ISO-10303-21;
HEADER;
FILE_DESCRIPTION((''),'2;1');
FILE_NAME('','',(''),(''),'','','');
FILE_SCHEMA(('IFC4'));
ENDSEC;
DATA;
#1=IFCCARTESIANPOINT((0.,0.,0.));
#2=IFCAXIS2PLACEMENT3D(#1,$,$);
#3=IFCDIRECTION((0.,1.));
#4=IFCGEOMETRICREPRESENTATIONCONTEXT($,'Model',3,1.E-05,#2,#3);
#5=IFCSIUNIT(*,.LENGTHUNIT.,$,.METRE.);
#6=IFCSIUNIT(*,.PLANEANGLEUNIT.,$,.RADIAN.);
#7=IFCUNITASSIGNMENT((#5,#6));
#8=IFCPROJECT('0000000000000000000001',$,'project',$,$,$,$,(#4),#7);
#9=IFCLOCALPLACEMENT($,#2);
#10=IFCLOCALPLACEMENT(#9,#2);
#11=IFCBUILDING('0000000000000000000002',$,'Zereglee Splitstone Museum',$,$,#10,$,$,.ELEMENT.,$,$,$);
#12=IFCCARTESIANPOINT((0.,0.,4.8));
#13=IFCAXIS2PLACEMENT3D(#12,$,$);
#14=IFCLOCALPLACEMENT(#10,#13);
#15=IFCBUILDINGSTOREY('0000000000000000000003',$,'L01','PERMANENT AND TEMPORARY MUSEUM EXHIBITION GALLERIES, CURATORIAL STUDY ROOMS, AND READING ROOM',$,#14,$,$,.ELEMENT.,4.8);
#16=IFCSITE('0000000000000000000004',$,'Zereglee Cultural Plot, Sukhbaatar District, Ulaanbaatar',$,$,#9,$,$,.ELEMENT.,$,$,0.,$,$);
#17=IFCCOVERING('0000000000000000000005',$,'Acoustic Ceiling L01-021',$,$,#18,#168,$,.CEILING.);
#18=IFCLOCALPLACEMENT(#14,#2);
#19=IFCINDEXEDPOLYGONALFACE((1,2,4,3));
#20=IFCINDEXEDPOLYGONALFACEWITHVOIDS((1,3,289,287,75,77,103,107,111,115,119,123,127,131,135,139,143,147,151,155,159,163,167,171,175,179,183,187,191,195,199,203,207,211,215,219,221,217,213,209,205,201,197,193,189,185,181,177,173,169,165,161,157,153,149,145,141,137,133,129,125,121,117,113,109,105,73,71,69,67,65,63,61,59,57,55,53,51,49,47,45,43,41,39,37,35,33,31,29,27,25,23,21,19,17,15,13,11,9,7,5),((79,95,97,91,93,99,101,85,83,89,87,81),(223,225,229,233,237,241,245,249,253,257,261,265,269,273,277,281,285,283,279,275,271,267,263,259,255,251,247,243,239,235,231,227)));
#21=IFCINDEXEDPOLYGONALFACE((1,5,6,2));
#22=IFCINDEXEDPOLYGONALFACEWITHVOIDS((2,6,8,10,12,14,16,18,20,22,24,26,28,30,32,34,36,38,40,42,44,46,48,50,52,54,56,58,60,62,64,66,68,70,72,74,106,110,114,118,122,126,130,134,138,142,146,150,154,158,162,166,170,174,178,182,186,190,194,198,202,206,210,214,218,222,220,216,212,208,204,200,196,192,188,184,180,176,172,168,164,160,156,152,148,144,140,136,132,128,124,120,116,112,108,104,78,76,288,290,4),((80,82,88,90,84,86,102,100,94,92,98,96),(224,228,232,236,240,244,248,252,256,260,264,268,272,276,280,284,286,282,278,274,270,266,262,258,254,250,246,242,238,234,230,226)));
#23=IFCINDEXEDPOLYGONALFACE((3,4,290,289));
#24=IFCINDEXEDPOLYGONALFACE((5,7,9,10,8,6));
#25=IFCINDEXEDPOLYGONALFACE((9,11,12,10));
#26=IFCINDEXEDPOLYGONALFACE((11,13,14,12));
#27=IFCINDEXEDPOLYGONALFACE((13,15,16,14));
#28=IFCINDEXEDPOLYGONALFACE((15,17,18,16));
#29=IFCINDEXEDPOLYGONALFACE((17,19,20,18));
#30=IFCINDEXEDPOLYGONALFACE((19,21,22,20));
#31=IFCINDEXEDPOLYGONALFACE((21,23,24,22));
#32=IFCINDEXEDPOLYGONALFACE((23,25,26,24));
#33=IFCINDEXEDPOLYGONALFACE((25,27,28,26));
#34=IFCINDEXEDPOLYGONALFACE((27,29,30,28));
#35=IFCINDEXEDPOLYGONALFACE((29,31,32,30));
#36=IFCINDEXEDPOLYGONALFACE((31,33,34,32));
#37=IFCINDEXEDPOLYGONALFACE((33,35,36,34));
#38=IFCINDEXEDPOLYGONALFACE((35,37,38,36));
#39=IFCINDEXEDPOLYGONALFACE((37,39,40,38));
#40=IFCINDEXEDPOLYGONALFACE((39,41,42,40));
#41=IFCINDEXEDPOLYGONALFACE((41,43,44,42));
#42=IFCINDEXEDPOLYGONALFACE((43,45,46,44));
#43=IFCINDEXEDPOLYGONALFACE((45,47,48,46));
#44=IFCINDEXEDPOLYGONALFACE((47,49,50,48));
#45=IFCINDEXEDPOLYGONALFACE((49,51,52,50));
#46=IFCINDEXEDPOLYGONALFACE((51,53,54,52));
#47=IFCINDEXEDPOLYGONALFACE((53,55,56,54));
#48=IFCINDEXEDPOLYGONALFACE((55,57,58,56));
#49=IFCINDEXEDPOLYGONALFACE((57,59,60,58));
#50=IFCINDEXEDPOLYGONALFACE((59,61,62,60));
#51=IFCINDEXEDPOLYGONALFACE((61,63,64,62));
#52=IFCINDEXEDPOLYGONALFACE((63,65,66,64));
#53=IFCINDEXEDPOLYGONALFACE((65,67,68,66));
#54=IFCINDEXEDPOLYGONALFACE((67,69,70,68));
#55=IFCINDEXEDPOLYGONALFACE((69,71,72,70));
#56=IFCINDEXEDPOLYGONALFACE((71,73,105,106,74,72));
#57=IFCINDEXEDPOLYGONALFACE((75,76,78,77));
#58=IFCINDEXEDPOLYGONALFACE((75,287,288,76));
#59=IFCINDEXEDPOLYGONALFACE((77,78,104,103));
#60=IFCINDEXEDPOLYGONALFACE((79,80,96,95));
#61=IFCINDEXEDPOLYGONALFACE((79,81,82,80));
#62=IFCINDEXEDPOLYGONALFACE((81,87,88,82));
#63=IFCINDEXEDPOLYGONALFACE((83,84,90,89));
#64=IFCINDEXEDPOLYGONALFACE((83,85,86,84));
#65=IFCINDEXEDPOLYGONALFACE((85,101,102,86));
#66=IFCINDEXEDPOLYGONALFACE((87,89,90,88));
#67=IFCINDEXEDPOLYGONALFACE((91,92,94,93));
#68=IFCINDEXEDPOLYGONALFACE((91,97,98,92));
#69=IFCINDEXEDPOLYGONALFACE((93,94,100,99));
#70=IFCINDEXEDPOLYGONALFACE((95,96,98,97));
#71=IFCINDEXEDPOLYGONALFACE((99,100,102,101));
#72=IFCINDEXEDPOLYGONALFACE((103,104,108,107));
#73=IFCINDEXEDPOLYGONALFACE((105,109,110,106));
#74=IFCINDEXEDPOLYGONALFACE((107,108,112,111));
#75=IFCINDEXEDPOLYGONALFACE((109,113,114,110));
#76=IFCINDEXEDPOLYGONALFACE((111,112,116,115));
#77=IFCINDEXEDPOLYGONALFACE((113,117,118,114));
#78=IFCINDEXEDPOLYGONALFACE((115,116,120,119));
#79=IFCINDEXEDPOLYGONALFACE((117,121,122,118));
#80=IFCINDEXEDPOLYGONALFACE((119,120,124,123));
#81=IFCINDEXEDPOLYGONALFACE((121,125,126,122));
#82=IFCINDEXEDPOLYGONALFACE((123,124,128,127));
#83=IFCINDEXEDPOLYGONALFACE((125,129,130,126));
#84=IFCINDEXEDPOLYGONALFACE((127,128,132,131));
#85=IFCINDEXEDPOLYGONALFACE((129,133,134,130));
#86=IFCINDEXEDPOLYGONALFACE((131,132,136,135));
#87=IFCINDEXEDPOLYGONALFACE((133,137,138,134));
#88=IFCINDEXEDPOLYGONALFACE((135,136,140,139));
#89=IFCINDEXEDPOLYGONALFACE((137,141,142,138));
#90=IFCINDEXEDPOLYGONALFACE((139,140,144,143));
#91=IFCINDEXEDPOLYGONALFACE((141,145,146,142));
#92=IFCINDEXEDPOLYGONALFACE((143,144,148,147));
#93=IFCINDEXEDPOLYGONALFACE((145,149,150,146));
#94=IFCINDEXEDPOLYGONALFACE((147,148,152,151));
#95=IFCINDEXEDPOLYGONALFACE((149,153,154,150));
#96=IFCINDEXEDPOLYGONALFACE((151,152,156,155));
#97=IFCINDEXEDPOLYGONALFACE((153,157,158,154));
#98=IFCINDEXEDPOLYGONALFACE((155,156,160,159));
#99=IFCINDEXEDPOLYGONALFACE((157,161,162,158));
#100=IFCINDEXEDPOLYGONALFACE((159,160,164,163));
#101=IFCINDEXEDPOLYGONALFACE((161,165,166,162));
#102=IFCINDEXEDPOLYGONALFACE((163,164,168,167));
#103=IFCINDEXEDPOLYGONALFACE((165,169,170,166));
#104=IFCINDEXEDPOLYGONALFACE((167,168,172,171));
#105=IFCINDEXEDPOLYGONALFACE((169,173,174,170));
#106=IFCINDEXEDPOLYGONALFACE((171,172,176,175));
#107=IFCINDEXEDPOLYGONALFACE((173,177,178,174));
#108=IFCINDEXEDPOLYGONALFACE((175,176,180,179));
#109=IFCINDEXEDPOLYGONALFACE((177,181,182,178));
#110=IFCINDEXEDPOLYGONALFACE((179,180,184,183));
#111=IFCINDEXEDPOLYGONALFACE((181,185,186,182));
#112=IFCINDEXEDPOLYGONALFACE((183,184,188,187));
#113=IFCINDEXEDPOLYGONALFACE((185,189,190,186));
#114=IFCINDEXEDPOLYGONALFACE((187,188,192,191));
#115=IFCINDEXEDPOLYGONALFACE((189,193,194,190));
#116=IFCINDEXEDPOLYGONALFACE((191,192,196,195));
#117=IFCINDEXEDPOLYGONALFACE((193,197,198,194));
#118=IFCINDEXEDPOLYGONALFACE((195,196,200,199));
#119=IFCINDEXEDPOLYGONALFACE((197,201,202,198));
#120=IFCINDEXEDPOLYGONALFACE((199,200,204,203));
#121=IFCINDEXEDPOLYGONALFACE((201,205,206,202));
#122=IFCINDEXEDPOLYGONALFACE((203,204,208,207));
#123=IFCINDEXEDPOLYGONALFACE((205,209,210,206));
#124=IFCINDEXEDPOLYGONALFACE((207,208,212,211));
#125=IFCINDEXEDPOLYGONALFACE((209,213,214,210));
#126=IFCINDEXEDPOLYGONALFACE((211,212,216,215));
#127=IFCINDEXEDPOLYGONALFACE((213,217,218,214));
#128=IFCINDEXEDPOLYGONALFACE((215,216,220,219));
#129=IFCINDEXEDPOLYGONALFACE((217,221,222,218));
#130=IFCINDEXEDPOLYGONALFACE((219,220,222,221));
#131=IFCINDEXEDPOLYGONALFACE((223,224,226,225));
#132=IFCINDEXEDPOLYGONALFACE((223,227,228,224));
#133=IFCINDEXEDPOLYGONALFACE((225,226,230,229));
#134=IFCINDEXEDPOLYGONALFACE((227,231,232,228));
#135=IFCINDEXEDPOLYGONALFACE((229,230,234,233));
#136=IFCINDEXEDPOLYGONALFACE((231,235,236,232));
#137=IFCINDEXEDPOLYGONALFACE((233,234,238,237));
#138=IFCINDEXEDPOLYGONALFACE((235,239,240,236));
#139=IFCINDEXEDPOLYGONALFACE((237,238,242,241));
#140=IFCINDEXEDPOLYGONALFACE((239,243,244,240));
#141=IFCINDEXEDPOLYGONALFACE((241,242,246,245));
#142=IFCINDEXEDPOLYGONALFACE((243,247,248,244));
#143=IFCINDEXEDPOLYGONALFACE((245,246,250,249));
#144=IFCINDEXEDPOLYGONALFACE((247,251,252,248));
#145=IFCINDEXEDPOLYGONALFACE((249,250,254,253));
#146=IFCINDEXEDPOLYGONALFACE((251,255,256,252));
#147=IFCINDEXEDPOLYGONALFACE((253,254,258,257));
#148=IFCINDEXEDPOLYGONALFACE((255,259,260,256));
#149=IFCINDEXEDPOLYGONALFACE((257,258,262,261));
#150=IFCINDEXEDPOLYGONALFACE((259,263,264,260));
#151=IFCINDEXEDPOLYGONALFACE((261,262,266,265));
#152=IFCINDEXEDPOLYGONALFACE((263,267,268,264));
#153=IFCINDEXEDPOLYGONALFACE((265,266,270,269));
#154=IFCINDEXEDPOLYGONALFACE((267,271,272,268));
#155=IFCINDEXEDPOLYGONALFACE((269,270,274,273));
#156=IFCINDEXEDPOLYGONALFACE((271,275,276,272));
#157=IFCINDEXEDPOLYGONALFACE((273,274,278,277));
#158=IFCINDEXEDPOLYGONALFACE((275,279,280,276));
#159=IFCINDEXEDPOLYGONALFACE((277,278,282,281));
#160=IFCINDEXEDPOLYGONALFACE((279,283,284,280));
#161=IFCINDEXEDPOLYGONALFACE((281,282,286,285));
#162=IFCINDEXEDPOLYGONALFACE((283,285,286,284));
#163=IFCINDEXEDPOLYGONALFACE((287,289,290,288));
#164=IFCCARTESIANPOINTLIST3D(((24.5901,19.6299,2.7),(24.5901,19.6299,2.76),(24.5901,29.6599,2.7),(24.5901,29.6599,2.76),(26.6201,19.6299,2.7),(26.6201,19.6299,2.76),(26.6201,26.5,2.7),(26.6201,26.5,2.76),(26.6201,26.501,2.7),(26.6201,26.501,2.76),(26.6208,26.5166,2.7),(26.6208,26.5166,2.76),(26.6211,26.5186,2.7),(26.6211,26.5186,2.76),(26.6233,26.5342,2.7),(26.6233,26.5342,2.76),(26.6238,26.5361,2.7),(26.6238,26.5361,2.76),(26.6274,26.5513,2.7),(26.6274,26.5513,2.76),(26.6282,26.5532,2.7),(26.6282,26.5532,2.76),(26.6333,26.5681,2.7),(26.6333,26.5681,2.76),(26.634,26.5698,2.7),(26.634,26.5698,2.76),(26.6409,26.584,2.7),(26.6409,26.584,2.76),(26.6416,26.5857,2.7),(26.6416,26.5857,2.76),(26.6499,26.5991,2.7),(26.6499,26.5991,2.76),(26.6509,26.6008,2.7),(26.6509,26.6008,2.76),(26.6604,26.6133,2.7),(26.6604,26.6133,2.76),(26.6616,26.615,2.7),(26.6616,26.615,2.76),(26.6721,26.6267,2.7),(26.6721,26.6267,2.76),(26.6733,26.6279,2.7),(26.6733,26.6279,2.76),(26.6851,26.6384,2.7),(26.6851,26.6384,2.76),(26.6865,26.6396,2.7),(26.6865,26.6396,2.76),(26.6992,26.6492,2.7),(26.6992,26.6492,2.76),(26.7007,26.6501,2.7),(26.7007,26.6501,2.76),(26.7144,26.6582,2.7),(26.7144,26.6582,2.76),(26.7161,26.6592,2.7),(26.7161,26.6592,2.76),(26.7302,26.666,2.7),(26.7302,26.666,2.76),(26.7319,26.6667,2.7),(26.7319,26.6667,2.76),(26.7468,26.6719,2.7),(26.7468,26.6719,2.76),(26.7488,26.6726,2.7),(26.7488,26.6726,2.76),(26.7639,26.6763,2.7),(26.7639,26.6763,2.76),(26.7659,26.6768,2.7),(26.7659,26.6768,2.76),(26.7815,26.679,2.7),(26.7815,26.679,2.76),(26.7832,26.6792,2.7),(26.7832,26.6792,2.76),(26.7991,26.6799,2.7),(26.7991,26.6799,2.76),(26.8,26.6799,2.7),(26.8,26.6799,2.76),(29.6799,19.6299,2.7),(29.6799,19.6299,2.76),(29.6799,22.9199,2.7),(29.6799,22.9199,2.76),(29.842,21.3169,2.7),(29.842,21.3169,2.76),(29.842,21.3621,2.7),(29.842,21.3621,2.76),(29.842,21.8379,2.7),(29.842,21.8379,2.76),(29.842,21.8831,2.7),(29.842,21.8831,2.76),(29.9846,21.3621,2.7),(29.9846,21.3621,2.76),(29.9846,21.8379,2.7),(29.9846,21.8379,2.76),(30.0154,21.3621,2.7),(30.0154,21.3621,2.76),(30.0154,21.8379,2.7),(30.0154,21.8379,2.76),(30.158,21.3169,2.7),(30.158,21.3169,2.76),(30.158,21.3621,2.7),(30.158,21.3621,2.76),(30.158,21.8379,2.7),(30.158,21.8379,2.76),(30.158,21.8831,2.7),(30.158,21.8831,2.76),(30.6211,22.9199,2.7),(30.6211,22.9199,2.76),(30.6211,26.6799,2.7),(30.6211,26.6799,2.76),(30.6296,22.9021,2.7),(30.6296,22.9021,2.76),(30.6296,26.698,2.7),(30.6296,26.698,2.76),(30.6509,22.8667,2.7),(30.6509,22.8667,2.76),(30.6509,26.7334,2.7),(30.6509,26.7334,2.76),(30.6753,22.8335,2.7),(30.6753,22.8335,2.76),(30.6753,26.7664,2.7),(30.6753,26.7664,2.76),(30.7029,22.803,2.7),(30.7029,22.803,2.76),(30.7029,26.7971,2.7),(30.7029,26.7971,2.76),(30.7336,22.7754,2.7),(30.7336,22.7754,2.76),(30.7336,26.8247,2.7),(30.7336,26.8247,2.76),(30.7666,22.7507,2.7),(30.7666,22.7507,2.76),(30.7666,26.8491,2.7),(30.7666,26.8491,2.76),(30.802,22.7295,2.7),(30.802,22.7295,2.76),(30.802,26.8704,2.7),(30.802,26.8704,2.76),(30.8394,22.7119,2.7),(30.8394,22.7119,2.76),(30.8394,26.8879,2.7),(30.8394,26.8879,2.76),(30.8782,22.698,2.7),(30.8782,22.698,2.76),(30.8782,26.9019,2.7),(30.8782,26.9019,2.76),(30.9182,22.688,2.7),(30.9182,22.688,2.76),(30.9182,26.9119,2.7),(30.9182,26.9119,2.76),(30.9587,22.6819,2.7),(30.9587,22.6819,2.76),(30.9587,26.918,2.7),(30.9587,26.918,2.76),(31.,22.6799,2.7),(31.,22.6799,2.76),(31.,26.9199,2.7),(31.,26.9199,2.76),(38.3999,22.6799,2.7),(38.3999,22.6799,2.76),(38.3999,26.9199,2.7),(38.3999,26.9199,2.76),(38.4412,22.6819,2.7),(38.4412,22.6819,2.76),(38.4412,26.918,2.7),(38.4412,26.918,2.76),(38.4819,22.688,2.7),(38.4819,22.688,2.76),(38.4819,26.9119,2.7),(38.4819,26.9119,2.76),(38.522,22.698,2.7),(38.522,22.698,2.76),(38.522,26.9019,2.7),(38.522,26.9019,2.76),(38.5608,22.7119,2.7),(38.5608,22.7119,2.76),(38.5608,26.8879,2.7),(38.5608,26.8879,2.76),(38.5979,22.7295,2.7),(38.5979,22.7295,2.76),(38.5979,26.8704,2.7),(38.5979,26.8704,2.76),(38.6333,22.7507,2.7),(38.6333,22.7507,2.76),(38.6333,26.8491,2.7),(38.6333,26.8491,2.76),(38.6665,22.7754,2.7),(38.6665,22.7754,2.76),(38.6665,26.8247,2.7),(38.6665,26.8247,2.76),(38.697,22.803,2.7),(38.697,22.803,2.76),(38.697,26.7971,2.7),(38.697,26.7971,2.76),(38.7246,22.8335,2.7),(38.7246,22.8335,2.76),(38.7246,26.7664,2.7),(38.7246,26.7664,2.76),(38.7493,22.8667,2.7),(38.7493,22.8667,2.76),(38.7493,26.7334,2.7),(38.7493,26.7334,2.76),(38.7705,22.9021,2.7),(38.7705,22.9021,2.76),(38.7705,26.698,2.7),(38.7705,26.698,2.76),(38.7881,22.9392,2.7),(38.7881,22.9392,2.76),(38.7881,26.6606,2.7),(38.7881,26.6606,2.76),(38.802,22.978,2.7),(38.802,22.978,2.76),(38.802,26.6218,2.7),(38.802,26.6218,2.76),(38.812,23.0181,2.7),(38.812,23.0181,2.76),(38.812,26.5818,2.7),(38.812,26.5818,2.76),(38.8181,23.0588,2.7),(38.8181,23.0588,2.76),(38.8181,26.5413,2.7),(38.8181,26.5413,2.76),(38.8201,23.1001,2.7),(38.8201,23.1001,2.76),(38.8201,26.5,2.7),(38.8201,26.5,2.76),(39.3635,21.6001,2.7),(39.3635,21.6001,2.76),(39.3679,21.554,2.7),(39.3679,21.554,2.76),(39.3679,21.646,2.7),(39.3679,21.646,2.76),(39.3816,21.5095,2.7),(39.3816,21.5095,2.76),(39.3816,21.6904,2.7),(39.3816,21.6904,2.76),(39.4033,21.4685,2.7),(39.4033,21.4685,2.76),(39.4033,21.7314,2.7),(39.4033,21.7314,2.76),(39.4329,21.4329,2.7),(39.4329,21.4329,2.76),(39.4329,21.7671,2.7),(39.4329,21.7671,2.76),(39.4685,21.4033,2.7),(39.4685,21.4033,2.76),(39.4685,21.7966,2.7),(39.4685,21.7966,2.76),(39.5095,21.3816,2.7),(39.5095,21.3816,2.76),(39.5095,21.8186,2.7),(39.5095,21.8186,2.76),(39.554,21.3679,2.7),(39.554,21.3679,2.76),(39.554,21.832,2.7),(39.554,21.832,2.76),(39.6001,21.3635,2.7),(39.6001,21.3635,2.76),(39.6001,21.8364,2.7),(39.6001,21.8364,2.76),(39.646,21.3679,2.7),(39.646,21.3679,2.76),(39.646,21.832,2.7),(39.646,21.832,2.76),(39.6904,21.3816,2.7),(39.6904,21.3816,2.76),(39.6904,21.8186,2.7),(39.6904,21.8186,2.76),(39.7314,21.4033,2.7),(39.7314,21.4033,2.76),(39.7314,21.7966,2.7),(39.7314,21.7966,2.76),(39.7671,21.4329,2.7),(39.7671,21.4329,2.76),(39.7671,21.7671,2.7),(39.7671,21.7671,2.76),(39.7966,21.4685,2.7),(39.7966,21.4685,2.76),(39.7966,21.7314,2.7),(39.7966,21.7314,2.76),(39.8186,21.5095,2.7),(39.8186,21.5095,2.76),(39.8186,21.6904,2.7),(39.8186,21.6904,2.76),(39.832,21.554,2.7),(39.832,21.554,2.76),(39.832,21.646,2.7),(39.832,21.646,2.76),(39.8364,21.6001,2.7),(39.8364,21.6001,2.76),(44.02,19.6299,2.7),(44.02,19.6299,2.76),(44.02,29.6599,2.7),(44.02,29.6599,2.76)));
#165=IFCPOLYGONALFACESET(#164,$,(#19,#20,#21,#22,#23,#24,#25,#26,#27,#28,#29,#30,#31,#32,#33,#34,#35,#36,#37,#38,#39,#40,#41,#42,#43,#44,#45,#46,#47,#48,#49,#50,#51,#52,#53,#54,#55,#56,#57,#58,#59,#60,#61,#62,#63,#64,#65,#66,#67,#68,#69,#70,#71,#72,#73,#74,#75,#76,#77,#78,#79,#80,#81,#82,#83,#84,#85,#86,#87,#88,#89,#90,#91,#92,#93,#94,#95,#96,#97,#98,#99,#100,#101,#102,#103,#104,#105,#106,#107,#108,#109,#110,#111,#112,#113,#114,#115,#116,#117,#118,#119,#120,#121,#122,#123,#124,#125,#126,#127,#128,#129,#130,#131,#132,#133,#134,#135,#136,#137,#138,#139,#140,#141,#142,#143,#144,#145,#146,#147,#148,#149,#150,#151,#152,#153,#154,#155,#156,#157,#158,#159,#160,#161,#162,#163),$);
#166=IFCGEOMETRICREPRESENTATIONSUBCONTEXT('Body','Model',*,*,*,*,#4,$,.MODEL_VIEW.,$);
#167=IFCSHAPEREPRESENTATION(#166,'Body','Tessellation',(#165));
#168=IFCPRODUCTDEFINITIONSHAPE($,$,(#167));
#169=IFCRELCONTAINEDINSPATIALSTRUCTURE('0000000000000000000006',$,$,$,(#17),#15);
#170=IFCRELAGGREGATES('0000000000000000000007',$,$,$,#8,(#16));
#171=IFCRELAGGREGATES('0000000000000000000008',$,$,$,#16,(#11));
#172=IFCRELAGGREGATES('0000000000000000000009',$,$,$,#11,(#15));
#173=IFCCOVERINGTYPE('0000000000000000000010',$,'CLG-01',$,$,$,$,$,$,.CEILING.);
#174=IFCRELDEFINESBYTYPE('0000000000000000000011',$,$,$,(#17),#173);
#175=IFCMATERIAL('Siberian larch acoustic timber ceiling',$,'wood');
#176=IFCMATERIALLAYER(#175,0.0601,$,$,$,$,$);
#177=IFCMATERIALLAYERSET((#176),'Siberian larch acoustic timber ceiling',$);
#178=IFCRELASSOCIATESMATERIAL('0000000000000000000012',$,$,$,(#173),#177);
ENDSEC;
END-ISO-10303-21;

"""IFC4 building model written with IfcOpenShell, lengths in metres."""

from ifc_helpers import new_model, si_unit, direction, frame, origin, place, context, subcontext, project, spatial, polyline, outline, extrude, material, layer, layer_set, type_object, element, save


model = new_model("IFC4")

# Units and contexts
model_context = context("Model", 3, precision=1e-05, world=origin(), true_north=direction((0.0, 1.0)))
body_context = subcontext(model_context, "Body", "Model", "MODEL_VIEW")
ifc_project = project(units=[si_unit("LENGTHUNIT", "METRE"), si_unit("PLANEANGLEUNIT", "RADIAN")], contexts=[model_context])

# Site, building, storey
site_placement = place(None, origin())
site = spatial("IfcSite", under=ifc_project, at=site_placement, Name="Zereglee Cultural Plot, Sukhbaatar District, Ulaanbaatar", CompositionType="ELEMENT", RefElevation=0.0)
building_placement = place(site_placement, origin())
building = spatial("IfcBuilding", under=site, at=building_placement, Name="Zereglee Splitstone Museum", CompositionType="ELEMENT")
storey_placement = place(building_placement, frame((0.0, 0.0, 4.8)))
storey = spatial("IfcBuildingStorey", under=building, at=storey_placement, Name="L01", Description="PERMANENT AND TEMPORARY MUSEUM EXHIBITION GALLERIES, CURATORIAL STUDY ROOMS, AND READING ROOM", CompositionType="ELEMENT", Elevation=4.8)

# Covering
ifc_material_1 = material(Name="Siberian larch acoustic timber ceiling", Category="wood")
ifc_layer_1 = layer(ifc_material_1, 0.0601)
ifc_layer_set_1 = layer_set([ifc_layer_1], Name="Siberian larch acoustic timber ceiling")
covering_type_1 = type_object("IfcCoveringType", Name="CLG-01", PredefinedType="CEILING", material=ifc_layer_set_1)
covering_1_placement = place(storey_placement, frame((0.0, 0.0, 2.7)))
element("IfcCovering", 1, at=covering_1_placement, inside=storey, type_object=covering_type_1, Name="Acoustic Ceiling L01-021", PredefinedType="CEILING", context=body_context, shape_type="SweptSolid", body=[
    extrude(outline(polyline([(26.7991, 26.6799), (26.7832, 26.6792), (26.7815, 26.679), (26.7659, 26.6768), (26.7639, 26.6763), (26.7488, 26.6726), (26.7468, 26.6719), (26.7319, 26.6667), (26.7302, 26.666), (26.7161, 26.6592), (26.7144, 26.6582), (26.7007, 26.6501), (26.6992, 26.6492), (26.6865, 26.6396), (26.6851, 26.6384), (26.6733, 26.6279), (26.6721, 26.6267), (26.6616, 26.615), (26.6604, 26.6133), (26.6509, 26.6008), (26.6499, 26.5991), (26.6416, 26.5857), (26.6409, 26.584), (26.634, 26.5698), (26.6333, 26.5681), (26.6282, 26.5532), (26.6274, 26.5513), (26.6238, 26.5361), (26.6233, 26.5342), (26.6211, 26.5186), (26.6208, 26.5166), (26.6201, 26.501), (26.6201, 26.5), (26.6201, 19.6299), (24.5901, 19.6299), (24.5901, 29.6599), (44.02, 29.6599), (44.02, 19.6299), (29.6799, 19.6299), (29.6799, 22.9199), (30.6211, 22.9199), (30.6296, 22.9021), (30.6509, 22.8667), (30.6753, 22.8335), (30.7029, 22.803), (30.7336, 22.7754), (30.7666, 22.7507), (30.802, 22.7295), (30.8394, 22.7119), (30.8782, 22.698), (30.9182, 22.688), (30.9587, 22.6819), (31.0, 22.6799), (38.3999, 22.6799), (38.4412, 22.6819), (38.4819, 22.688), (38.522, 22.698), (38.5608, 22.7119), (38.5979, 22.7295), (38.6333, 22.7507), (38.6665, 22.7754), (38.697, 22.803), (38.7246, 22.8335), (38.7493, 22.8667), (38.7705, 22.9021), (38.7881, 22.9392), (38.802, 22.978), (38.812, 23.0181), (38.8181, 23.0588), (38.8201, 23.1001), (38.8201, 26.5), (38.8181, 26.5413), (38.812, 26.5818), (38.802, 26.6218), (38.7881, 26.6606), (38.7705, 26.698), (38.7493, 26.7334), (38.7246, 26.7664), (38.697, 26.7971), (38.6665, 26.8247), (38.6333, 26.8491), (38.5979, 26.8704), (38.5608, 26.8879), (38.522, 26.9019), (38.4819, 26.9119), (38.4412, 26.918), (38.3999, 26.9199), (31.0, 26.9199), (30.9587, 26.918), (30.9182, 26.9119), (30.8782, 26.9019), (30.8394, 26.8879), (30.802, 26.8704), (30.7666, 26.8491), (30.7336, 26.8247), (30.7029, 26.7971), (30.6753, 26.7664), (30.6509, 26.7334), (30.6296, 26.698), (30.6211, 26.6799), (26.8, 26.6799), (26.7991, 26.6799)]), holes=[polyline([(39.6904, 21.3816), (39.7314, 21.4033), (39.7671, 21.4329), (39.7966, 21.4685), (39.8186, 21.5095), (39.832, 21.554), (39.8364, 21.6001), (39.832, 21.646), (39.8186, 21.6904), (39.7966, 21.7314), (39.7671, 21.7671), (39.7314, 21.7966), (39.6904, 21.8186), (39.646, 21.832), (39.6001, 21.8364), (39.554, 21.832), (39.5095, 21.8186), (39.4685, 21.7966), (39.4329, 21.7671), (39.4033, 21.7314), (39.3816, 21.6904), (39.3679, 21.646), (39.3635, 21.6001), (39.3679, 21.554), (39.3816, 21.5095), (39.4033, 21.4685), (39.4329, 21.4329), (39.4685, 21.4033), (39.5095, 21.3816), (39.554, 21.3679), (39.6001, 21.3635), (39.646, 21.3679), (39.6904, 21.3816)]), polyline([(30.158, 21.8379), (30.158, 21.8831), (29.842, 21.8831), (29.842, 21.8379), (29.9846, 21.8379), (29.9846, 21.3621), (29.842, 21.3621), (29.842, 21.3169), (30.158, 21.3169), (30.158, 21.3621), (30.0154, 21.3621), (30.0154, 21.8379), (30.158, 21.8379)])]), origin(), (0.0, 0.0, 1.0), 0.0601),
])

save(model, "model.ifc")
